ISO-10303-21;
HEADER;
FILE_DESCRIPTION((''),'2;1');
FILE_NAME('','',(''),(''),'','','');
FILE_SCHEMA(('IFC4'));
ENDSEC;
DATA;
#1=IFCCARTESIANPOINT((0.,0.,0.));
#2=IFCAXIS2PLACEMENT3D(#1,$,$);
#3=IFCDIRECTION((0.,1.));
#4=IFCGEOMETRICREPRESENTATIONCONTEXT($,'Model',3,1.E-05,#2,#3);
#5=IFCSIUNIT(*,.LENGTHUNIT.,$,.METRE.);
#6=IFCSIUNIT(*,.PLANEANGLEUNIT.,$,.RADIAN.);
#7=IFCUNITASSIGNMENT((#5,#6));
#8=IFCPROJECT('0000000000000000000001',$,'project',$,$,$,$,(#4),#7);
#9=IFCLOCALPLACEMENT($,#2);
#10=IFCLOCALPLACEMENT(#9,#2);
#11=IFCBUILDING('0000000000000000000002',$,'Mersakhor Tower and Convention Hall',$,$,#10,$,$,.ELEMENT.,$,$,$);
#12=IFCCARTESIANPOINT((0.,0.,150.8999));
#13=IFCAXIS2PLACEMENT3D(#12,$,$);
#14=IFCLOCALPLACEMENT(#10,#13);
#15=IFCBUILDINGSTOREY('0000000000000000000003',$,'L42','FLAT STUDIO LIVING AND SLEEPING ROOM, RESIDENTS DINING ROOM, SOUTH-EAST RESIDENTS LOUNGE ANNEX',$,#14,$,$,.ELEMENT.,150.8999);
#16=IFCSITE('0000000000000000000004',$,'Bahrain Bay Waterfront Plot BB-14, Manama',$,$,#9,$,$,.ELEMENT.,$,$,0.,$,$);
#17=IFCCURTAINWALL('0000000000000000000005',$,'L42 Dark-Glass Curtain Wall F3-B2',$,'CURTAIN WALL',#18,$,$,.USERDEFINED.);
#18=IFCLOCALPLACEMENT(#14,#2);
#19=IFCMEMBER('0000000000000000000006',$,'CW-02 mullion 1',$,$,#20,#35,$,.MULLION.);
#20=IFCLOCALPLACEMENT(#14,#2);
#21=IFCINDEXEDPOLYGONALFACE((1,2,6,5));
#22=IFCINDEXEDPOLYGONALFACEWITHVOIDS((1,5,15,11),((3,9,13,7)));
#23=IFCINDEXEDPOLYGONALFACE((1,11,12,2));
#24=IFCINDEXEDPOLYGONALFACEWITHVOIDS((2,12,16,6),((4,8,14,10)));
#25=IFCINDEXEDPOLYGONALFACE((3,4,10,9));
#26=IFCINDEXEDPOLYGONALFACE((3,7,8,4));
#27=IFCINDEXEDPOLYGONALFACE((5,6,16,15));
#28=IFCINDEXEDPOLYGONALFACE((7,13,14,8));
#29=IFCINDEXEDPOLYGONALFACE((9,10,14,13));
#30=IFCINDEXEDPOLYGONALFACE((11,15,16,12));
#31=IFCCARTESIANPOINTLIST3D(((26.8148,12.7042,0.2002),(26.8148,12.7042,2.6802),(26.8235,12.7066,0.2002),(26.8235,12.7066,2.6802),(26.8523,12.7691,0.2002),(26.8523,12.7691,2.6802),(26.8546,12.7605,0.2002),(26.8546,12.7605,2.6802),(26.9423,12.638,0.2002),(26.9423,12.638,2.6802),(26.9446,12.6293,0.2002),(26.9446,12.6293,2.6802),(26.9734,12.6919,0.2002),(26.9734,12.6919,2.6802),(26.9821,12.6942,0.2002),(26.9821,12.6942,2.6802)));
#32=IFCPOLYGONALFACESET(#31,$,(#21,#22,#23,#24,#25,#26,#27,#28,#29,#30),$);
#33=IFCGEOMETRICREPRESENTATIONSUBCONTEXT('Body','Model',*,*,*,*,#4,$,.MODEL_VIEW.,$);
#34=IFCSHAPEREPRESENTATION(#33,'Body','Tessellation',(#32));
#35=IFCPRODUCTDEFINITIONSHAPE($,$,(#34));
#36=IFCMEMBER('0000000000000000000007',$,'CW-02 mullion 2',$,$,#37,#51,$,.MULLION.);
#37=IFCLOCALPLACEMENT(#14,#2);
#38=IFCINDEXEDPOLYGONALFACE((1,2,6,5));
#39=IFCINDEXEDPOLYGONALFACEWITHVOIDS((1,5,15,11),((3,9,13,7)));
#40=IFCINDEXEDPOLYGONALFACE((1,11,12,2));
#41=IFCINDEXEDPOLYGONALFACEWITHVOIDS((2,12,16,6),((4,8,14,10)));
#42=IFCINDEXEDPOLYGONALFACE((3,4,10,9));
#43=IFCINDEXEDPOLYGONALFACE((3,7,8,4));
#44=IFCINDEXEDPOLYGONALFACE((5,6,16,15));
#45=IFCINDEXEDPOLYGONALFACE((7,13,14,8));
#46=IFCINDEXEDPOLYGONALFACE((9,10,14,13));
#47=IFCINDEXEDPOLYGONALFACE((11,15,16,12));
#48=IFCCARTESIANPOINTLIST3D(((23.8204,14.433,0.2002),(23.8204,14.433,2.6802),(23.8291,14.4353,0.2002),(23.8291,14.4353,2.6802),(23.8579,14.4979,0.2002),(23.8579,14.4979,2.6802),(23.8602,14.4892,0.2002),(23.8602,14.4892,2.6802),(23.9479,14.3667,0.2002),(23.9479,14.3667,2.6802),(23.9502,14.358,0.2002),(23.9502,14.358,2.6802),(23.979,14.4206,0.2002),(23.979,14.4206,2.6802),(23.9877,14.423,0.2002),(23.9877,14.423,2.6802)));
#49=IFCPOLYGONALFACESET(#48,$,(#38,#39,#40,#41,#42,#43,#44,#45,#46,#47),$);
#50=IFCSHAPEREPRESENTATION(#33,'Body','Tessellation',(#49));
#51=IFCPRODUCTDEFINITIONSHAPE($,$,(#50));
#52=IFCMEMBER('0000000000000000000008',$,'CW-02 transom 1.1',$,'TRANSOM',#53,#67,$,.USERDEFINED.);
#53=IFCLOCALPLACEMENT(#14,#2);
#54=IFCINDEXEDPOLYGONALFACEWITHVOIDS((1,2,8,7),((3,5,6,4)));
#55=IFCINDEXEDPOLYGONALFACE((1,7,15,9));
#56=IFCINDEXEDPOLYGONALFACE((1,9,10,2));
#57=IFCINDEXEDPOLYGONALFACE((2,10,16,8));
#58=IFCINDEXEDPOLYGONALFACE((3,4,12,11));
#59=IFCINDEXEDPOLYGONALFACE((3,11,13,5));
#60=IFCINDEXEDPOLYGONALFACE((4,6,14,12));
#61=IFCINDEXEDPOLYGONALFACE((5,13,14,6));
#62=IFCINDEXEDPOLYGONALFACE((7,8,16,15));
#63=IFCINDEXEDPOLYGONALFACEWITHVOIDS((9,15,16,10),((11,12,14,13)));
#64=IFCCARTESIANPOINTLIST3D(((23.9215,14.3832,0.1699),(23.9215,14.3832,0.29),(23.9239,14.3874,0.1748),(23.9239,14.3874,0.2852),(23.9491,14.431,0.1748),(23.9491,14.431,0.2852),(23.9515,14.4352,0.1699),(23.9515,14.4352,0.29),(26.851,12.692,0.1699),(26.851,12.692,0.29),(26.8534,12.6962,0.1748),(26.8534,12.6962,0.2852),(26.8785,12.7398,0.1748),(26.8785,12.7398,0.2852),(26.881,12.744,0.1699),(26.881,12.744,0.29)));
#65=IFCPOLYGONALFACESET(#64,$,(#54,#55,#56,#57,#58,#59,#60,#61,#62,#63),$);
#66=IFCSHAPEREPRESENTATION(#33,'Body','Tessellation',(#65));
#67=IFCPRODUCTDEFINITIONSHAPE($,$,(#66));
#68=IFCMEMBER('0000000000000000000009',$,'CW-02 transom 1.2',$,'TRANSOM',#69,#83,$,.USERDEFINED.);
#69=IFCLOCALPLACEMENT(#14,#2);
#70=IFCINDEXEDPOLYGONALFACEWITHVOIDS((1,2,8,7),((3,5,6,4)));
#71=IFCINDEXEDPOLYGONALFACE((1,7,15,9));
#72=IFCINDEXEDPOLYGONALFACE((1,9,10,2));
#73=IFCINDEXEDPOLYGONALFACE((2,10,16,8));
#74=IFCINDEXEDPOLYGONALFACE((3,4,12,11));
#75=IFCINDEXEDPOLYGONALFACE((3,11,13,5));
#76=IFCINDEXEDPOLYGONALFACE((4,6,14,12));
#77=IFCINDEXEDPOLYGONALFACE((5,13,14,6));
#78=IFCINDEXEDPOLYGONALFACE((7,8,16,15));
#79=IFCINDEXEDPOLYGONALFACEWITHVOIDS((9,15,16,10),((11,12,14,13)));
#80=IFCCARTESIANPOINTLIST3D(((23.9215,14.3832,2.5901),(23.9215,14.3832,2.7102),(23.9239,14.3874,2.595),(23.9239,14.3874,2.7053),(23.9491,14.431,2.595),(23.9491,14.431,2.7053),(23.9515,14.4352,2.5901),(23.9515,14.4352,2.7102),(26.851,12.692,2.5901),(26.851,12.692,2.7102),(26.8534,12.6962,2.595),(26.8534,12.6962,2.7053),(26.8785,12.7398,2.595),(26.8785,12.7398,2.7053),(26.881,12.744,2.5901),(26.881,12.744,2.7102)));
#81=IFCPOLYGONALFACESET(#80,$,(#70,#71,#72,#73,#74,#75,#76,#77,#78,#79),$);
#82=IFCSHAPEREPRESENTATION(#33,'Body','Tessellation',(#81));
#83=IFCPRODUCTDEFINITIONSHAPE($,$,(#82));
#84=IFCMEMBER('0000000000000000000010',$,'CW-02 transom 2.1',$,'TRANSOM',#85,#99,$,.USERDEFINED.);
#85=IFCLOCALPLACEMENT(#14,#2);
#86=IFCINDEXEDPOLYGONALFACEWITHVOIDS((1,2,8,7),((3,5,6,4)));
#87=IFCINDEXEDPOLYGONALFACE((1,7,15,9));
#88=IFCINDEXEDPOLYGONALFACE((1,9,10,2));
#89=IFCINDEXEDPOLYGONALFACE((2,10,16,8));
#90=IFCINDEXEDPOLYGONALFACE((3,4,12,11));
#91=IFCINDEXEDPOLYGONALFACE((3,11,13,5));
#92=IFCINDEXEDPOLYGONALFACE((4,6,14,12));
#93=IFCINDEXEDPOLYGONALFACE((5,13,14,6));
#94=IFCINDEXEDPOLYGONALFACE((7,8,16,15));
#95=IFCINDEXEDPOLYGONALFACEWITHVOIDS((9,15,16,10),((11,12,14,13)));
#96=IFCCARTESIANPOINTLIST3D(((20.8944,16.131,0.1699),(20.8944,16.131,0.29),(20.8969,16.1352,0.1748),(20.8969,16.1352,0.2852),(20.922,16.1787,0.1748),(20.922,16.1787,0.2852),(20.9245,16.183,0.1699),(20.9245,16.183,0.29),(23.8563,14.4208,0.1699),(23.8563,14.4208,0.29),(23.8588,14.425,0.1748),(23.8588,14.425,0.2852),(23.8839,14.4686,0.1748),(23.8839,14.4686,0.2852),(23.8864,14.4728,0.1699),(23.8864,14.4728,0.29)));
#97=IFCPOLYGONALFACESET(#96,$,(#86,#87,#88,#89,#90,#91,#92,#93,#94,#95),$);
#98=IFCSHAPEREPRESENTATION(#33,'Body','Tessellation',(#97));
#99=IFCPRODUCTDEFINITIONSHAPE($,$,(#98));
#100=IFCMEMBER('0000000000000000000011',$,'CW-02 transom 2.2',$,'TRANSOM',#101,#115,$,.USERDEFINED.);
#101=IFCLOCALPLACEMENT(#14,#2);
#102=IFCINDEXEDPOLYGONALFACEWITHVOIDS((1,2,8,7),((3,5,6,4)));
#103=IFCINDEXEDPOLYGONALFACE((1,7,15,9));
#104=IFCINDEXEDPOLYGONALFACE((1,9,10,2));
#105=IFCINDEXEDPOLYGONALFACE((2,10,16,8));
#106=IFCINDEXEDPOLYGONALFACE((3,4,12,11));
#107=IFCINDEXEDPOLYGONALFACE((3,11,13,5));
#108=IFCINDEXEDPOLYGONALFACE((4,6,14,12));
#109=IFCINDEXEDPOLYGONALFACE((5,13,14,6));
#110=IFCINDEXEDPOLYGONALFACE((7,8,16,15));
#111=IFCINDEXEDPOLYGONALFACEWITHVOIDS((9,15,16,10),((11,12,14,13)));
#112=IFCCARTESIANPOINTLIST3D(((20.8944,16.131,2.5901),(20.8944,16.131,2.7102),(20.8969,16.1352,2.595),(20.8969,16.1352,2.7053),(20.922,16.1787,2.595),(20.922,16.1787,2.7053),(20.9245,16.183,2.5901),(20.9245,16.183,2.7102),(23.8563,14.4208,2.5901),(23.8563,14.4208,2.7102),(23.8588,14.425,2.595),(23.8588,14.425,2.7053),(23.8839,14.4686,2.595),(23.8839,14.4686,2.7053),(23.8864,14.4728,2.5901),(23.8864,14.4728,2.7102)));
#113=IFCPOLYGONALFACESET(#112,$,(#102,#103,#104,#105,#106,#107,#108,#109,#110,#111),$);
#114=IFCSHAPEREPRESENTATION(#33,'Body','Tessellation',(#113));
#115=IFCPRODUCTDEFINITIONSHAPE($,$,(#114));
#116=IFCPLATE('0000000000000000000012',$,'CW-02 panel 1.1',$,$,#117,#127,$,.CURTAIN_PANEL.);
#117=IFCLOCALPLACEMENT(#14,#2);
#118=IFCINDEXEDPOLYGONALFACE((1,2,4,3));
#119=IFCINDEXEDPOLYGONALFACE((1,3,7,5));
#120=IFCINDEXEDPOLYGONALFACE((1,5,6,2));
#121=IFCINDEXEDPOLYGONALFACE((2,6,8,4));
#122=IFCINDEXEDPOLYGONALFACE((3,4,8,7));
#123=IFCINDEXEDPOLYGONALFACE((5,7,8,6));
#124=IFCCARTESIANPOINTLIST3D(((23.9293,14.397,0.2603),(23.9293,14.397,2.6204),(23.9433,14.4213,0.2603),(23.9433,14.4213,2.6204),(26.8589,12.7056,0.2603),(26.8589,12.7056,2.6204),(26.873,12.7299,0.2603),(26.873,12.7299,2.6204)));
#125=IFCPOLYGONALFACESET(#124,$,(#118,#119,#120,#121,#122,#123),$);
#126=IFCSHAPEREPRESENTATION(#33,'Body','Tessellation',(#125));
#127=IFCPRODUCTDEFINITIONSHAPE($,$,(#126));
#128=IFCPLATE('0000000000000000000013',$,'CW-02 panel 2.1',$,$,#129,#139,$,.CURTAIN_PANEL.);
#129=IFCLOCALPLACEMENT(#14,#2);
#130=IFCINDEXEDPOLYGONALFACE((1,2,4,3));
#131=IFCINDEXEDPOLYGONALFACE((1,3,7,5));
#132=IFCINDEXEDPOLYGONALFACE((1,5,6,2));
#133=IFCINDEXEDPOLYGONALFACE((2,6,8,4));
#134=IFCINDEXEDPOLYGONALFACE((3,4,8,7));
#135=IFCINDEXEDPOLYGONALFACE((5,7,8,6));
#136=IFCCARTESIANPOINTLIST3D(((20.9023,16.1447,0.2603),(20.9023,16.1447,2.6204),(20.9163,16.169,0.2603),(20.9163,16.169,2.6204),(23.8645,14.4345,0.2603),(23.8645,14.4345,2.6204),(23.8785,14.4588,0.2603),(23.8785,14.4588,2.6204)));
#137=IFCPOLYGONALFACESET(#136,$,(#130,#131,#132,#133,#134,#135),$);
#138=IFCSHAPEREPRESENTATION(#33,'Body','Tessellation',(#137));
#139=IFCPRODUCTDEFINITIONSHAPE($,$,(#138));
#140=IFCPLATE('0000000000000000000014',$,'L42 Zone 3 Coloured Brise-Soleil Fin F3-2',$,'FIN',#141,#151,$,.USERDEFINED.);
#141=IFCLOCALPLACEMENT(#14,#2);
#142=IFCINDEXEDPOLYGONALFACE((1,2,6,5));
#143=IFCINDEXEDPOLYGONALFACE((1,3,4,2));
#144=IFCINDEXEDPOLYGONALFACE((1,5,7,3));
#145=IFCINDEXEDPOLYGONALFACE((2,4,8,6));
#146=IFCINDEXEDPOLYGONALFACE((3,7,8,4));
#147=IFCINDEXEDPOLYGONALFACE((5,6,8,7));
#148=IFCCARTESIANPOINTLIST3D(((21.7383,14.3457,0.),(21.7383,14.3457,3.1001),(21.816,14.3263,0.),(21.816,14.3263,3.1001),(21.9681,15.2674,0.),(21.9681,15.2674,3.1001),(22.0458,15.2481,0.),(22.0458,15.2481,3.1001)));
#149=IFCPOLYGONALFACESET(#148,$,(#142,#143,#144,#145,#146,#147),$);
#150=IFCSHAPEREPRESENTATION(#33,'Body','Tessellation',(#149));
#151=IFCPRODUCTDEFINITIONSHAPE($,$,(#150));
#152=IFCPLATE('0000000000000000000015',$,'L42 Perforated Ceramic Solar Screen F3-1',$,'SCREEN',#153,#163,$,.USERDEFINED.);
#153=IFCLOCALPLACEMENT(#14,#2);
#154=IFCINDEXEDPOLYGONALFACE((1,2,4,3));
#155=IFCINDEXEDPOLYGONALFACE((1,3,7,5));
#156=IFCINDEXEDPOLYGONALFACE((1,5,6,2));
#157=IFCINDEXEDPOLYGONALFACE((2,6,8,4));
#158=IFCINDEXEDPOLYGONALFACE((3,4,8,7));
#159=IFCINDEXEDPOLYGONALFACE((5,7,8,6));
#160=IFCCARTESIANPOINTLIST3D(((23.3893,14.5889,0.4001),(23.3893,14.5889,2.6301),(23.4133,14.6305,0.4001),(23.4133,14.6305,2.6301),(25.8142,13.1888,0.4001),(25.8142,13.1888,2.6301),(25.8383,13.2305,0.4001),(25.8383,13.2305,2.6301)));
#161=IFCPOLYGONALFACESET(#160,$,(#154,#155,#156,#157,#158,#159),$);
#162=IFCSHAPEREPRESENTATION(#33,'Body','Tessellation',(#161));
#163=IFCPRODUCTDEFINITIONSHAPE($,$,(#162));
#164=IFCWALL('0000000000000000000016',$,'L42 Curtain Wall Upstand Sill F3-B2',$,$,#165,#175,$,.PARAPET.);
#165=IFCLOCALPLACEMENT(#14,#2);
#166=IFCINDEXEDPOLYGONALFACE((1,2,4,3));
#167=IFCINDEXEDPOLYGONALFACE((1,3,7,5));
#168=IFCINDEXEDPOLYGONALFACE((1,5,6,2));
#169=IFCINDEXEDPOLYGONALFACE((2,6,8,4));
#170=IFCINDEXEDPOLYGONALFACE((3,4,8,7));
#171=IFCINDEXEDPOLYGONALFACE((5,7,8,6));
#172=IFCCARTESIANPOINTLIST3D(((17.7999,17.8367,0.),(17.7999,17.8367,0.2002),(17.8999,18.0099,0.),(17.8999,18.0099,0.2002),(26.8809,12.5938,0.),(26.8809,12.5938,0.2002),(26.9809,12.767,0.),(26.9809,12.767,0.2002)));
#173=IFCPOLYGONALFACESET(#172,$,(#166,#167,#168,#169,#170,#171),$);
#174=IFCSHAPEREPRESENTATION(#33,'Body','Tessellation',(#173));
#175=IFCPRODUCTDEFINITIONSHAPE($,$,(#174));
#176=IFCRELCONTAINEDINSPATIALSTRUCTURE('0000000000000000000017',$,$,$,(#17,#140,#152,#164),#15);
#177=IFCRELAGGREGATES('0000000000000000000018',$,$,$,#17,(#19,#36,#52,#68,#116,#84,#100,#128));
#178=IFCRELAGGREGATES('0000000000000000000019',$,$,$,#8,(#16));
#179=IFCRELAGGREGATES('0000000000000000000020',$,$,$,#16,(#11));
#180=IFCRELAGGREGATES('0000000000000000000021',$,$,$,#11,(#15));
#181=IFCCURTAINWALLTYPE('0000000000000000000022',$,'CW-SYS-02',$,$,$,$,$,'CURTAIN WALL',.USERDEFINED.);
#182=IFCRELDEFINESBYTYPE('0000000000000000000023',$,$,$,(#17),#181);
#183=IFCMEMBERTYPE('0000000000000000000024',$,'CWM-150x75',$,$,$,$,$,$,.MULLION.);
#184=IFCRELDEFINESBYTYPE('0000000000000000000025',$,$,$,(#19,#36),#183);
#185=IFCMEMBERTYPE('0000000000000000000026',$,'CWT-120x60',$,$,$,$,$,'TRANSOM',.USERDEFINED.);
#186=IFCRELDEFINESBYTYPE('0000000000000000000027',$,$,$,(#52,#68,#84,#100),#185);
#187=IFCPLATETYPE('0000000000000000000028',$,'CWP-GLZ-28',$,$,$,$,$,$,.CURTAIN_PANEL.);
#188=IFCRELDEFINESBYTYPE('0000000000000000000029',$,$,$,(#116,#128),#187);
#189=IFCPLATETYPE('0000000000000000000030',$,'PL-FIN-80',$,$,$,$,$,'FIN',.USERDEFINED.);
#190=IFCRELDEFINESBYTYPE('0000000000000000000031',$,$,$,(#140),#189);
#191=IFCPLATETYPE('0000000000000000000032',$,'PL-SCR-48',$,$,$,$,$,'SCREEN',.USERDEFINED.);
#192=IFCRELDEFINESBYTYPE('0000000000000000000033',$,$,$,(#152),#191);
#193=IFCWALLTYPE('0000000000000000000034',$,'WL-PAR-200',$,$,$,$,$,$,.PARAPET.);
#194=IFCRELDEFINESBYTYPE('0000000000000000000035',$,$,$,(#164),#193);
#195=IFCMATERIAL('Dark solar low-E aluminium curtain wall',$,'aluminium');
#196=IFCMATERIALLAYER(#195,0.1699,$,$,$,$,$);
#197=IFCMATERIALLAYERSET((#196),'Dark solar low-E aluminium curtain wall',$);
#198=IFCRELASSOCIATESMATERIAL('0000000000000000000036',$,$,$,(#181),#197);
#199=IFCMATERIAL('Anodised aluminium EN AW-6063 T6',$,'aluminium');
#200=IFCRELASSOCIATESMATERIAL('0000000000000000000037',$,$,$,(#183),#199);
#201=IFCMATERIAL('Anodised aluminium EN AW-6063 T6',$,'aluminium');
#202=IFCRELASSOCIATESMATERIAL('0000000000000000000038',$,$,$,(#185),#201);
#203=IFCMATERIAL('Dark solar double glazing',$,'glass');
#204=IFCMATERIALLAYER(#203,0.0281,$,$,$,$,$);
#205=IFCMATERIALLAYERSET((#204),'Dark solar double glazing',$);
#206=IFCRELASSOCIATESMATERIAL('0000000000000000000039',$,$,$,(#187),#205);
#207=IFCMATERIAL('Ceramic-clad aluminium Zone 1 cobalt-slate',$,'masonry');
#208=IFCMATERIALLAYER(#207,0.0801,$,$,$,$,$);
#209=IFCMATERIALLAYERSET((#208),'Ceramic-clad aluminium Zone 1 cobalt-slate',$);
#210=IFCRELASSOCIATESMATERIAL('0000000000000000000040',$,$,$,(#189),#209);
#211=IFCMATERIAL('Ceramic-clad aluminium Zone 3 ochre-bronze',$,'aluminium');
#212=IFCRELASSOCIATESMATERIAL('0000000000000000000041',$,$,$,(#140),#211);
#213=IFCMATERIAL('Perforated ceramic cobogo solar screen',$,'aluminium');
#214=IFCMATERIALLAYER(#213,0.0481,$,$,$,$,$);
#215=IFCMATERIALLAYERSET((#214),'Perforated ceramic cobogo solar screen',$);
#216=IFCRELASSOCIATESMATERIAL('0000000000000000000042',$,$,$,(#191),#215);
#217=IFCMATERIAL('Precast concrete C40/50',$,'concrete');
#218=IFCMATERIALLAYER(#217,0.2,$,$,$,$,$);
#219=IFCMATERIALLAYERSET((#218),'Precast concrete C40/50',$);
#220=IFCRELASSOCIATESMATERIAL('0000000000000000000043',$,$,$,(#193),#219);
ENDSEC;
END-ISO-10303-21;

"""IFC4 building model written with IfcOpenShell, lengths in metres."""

from ifc_helpers import new_model, si_unit, direction, frame, frame_2d, origin, origin_2d, place, context, subcontext, project, spatial, rectangle, hollow_rectangle, extrude, material, layer, layer_set, material_profile, profile_set, type_object, element, aggregate, save


model = new_model("IFC4")

# Units and contexts
model_context = context("Model", 3, precision=1e-05, world=origin(), true_north=direction((0.0, 1.0)))
body_context = subcontext(model_context, "Body", "Model", "MODEL_VIEW")
ifc_project = project(units=[si_unit("LENGTHUNIT", "METRE"), si_unit("PLANEANGLEUNIT", "RADIAN")], contexts=[model_context])

# Site, building, storey
site_placement = place(None, origin())
site = spatial("IfcSite", under=ifc_project, at=site_placement, Name="Bahrain Bay Waterfront Plot BB-14, Manama", CompositionType="ELEMENT", RefElevation=0.0)
building_placement = place(site_placement, origin())
building = spatial("IfcBuilding", under=site, at=building_placement, Name="Mersakhor Tower and Convention Hall", CompositionType="ELEMENT")
storey_placement = place(building_placement, frame((0.0, 0.0, 150.8999)))
storey = spatial("IfcBuildingStorey", under=building, at=storey_placement, Name="L42", Description="FLAT STUDIO LIVING AND SLEEPING ROOM, RESIDENTS DINING ROOM, SOUTH-EAST RESIDENTS LOUNGE ANNEX", CompositionType="ELEMENT", Elevation=150.8999)

# Curtain wall, members, plates
ifc_material_1 = material(Name="Dark solar low-E aluminium curtain wall", Category="aluminium")
ifc_layer_1 = layer(ifc_material_1, 0.1699)
ifc_layer_set_1 = layer_set([ifc_layer_1], Name="Dark solar low-E aluminium curtain wall")
curtain_wall_type = type_object("IfcCurtainWallType", Name="CW-SYS-02", ElementType="CURTAIN WALL", PredefinedType="USERDEFINED", material=ifc_layer_set_1)
curtain_wall_placement = place(storey_placement, origin())
curtain_wall = element("IfcCurtainWall", 1, at=curtain_wall_placement, inside=storey, type_object=curtain_wall_type, Name="L42 Dark-Glass Curtain Wall F3-B2", ObjectType="CURTAIN WALL", PredefinedType="USERDEFINED")
ifc_material_2 = material(Name="Anodised aluminium EN AW-6063 T6", Category="aluminium")
ifc_material_profile_1 = material_profile(ifc_material_2, hollow_rectangle(XDim=0.075, YDim=0.1499, WallThickness=0.0063, at=origin_2d()), Name="RHS 150x75x6.3")
ifc_profile_set_1 = profile_set([ifc_material_profile_1], Name="Anodised aluminium EN AW-6063 T6")
member_type_1 = type_object("IfcMemberType", Name="CWM-150x75", PredefinedType="MULLION", material=ifc_profile_set_1)
member_1_placement = place(storey_placement, frame((26.8984, 12.6992, 0.2002), z_axis=(0.0, 0.0, 1.0), x_axis=(-0.49999, -0.866031, 0.0)))
member_1 = element("IfcMember", 2, at=member_1_placement, type_object=member_type_1, Name="CW-02 mullion 1", PredefinedType="MULLION", context=body_context, shape_type="SweptSolid", body=[
    extrude(hollow_rectangle(XDim=0.075, YDim=0.1499, WallThickness=0.0063, at=origin_2d()), origin(), (0.0, 0.0, 1.0), 2.48),
])
member_2_placement = place(storey_placement, frame((23.9041, 14.428, 0.2002), z_axis=(0.0, 0.0, 1.0), x_axis=(-0.49999, -0.866031, 0.0)))
member_2 = element("IfcMember", 3, at=member_2_placement, type_object=member_type_1, Name="CW-02 mullion 2", PredefinedType="MULLION", context=body_context, shape_type="SweptSolid", body=[
    extrude(hollow_rectangle(XDim=0.075, YDim=0.1499, WallThickness=0.0063, at=origin_2d()), origin(), (0.0, 0.0, 1.0), 2.48),
])
ifc_material_3 = material(Name="Anodised aluminium EN AW-6063 T6", Category="aluminium")
ifc_material_profile_2 = material_profile(ifc_material_3, hollow_rectangle(XDim=0.0601, YDim=0.1201, WallThickness=0.0049, at=origin_2d()), Name="RHS 120x60x5")
ifc_profile_set_2 = profile_set([ifc_material_profile_2], Name="Anodised aluminium EN AW-6063 T6")
member_type_2 = type_object("IfcMemberType", Name="CWT-120x60", ElementType="TRANSOM", PredefinedType="USERDEFINED", material=ifc_profile_set_2)
member_3_placement = place(storey_placement, frame((26.866, 12.718, 0.23), z_axis=(-0.866045, 0.499966, 0.0), x_axis=(-0.499966, -0.866045, 0.0)))
member_3 = element("IfcMember", 4, at=member_3_placement, type_object=member_type_2, Name="CW-02 transom 1.1", ObjectType="TRANSOM", PredefinedType="USERDEFINED", context=body_context, shape_type="SweptSolid", body=[
    extrude(hollow_rectangle(XDim=0.0601, YDim=0.1201, WallThickness=0.0049, at=origin_2d()), origin(), (0.0, 0.0, 1.0), 3.3826),
])
member_4_placement = place(storey_placement, frame((26.866, 12.718, 2.6501), z_axis=(-0.866045, 0.499966, 0.0), x_axis=(-0.499966, -0.866045, 0.0)))
member_4 = element("IfcMember", 5, at=member_4_placement, type_object=member_type_2, Name="CW-02 transom 1.2", ObjectType="TRANSOM", PredefinedType="USERDEFINED", context=body_context, shape_type="SweptSolid", body=[
    extrude(hollow_rectangle(XDim=0.0601, YDim=0.1201, WallThickness=0.0049, at=origin_2d()), origin(), (0.0, 0.0, 1.0), 3.3826),
])
member_5_placement = place(storey_placement, frame((23.8713, 14.4468, 0.23), z_axis=(-0.866007, 0.500031, 0.0), x_axis=(-0.500031, -0.866007, 0.0)))
member_5 = element("IfcMember", 6, at=member_5_placement, type_object=member_type_2, Name="CW-02 transom 2.1", ObjectType="TRANSOM", PredefinedType="USERDEFINED", context=body_context, shape_type="SweptSolid", body=[
    extrude(hollow_rectangle(XDim=0.0601, YDim=0.1201, WallThickness=0.0049, at=origin_2d()), origin(), (0.0, 0.0, 1.0), 3.4202),
])
member_6_placement = place(storey_placement, frame((23.8713, 14.4468, 2.6501), z_axis=(-0.866007, 0.500031, 0.0), x_axis=(-0.500031, -0.866007, 0.0)))
member_6 = element("IfcMember", 7, at=member_6_placement, type_object=member_type_2, Name="CW-02 transom 2.2", ObjectType="TRANSOM", PredefinedType="USERDEFINED", context=body_context, shape_type="SweptSolid", body=[
    extrude(hollow_rectangle(XDim=0.0601, YDim=0.1201, WallThickness=0.0049, at=origin_2d()), origin(), (0.0, 0.0, 1.0), 3.4202),
])
ifc_material_4 = material(Name="Dark solar double glazing", Category="glass")
ifc_layer_2 = layer(ifc_material_4, 0.0281)
ifc_layer_set_2 = layer_set([ifc_layer_2], Name="Dark solar double glazing")
plate_type_1 = type_object("IfcPlateType", Name="CWP-GLZ-28", PredefinedType="CURTAIN_PANEL", material=ifc_layer_set_2)
plate_1_placement = place(storey_placement, frame((25.4011, 13.5635, 0.2603), z_axis=(0.0, 0.0, 1.0), x_axis=(-0.866031, 0.49999, 0.0)))
plate_1 = element("IfcPlate", 8, at=plate_1_placement, type_object=plate_type_1, Name="CW-02 panel 1.1", PredefinedType="CURTAIN_PANEL", context=body_context, shape_type="SweptSolid", body=[
    extrude(rectangle(XDim=3.3828, YDim=0.0281, at=origin_2d()), origin(), (0.0, 0.0, 1.0), 2.3601),
])
plate_2_placement = place(storey_placement, frame((22.3904, 15.3018, 0.2603), z_axis=(0.0, 0.0, 1.0), x_axis=(-0.866031, 0.49999, 0.0)))
plate_2 = element("IfcPlate", 9, at=plate_2_placement, type_object=plate_type_1, Name="CW-02 panel 2.1", PredefinedType="CURTAIN_PANEL", context=body_context, shape_type="SweptSolid", body=[
    extrude(rectangle(XDim=3.4204, YDim=0.0281, at=origin_2d()), origin(), (0.0, 0.0, 1.0), 2.3601),
])
aggregate(curtain_wall, [member_1, member_2, member_3, member_4, plate_1, member_5, member_6, plate_2])

# Plates
ifc_material_5 = material(Name="Ceramic-clad aluminium Zone 3 ochre-bronze", Category="aluminium")
ifc_material_6 = material(Name="Ceramic-clad aluminium Zone 1 cobalt-slate", Category="masonry")
ifc_layer_3 = layer(ifc_material_6, 0.0801)
ifc_layer_set_3 = layer_set([ifc_layer_3], Name="Ceramic-clad aluminium Zone 1 cobalt-slate")
plate_type_2 = type_object("IfcPlateType", Name="PL-FIN-80", ElementType="FIN", PredefinedType="USERDEFINED", material=ifc_layer_set_3)
plate_3_placement = place(storey_placement, frame((21.8921, 14.7969, 0.0), z_axis=(0.0, 0.0, 1.0), x_axis=(-0.241922, -0.970296, 0.0)))
element("IfcPlate", 10, at=plate_3_placement, inside=storey, type_object=plate_type_2, material=ifc_material_5, Name="L42 Zone 3 Coloured Brise-Soleil Fin F3-2", ObjectType="FIN", PredefinedType="USERDEFINED", context=body_context, shape_type="SweptSolid", body=[
    extrude(rectangle(XDim=0.95, YDim=0.0801, at=origin_2d()), origin(), (0.0, 0.0, 1.0), 3.1001),
])
ifc_material_7 = material(Name="Perforated ceramic cobogo solar screen", Category="aluminium")
ifc_layer_4 = layer(ifc_material_7, 0.0481)
ifc_layer_set_4 = layer_set([ifc_layer_4], Name="Perforated ceramic cobogo solar screen")
plate_type_3 = type_object("IfcPlateType", Name="PL-SCR-48", ElementType="SCREEN", PredefinedType="USERDEFINED", material=ifc_layer_set_4)
plate_4_placement = place(storey_placement, frame((24.6138, 13.9097, 0.4001), z_axis=(0.0, 0.0, 1.0), x_axis=(-0.866025, 0.5, 0.0)))
element("IfcPlate", 11, at=plate_4_placement, inside=storey, type_object=plate_type_3, Name="L42 Perforated Ceramic Solar Screen F3-1", ObjectType="SCREEN", PredefinedType="USERDEFINED", context=body_context, shape_type="SweptSolid", body=[
    extrude(rectangle(XDim=2.8, YDim=0.0481, at=origin_2d()), origin(), (0.0, 0.0, 1.0), 2.23),
])

# Wall
ifc_material_8 = material(Name="Precast concrete C40/50", Category="concrete")
ifc_layer_5 = layer(ifc_material_8, 0.2)
ifc_layer_set_5 = layer_set([ifc_layer_5], Name="Precast concrete C40/50")
wall_type_1 = type_object("IfcWallType", Name="WL-PAR-200", PredefinedType="PARAPET", material=ifc_layer_set_5)
wall_1_placement = place(storey_placement, frame((26.9309, 12.6804, 0.0), z_axis=(0.0, 0.0, 1.0), x_axis=(-0.866027, 0.499998, 0.0)))
element("IfcWall", 12, at=wall_1_placement, inside=storey, type_object=wall_type_1, Name="L42 Curtain Wall Upstand Sill F3-B2", PredefinedType="PARAPET", context=body_context, shape_type="SweptSolid", body=[
    extrude(rectangle(XDim=10.4858, YDim=0.2, at=frame_2d((5.2429, 0.0))), origin(), (0.0, 0.0, 1.0), 0.2002),
])

save(model, "model.ifc")
